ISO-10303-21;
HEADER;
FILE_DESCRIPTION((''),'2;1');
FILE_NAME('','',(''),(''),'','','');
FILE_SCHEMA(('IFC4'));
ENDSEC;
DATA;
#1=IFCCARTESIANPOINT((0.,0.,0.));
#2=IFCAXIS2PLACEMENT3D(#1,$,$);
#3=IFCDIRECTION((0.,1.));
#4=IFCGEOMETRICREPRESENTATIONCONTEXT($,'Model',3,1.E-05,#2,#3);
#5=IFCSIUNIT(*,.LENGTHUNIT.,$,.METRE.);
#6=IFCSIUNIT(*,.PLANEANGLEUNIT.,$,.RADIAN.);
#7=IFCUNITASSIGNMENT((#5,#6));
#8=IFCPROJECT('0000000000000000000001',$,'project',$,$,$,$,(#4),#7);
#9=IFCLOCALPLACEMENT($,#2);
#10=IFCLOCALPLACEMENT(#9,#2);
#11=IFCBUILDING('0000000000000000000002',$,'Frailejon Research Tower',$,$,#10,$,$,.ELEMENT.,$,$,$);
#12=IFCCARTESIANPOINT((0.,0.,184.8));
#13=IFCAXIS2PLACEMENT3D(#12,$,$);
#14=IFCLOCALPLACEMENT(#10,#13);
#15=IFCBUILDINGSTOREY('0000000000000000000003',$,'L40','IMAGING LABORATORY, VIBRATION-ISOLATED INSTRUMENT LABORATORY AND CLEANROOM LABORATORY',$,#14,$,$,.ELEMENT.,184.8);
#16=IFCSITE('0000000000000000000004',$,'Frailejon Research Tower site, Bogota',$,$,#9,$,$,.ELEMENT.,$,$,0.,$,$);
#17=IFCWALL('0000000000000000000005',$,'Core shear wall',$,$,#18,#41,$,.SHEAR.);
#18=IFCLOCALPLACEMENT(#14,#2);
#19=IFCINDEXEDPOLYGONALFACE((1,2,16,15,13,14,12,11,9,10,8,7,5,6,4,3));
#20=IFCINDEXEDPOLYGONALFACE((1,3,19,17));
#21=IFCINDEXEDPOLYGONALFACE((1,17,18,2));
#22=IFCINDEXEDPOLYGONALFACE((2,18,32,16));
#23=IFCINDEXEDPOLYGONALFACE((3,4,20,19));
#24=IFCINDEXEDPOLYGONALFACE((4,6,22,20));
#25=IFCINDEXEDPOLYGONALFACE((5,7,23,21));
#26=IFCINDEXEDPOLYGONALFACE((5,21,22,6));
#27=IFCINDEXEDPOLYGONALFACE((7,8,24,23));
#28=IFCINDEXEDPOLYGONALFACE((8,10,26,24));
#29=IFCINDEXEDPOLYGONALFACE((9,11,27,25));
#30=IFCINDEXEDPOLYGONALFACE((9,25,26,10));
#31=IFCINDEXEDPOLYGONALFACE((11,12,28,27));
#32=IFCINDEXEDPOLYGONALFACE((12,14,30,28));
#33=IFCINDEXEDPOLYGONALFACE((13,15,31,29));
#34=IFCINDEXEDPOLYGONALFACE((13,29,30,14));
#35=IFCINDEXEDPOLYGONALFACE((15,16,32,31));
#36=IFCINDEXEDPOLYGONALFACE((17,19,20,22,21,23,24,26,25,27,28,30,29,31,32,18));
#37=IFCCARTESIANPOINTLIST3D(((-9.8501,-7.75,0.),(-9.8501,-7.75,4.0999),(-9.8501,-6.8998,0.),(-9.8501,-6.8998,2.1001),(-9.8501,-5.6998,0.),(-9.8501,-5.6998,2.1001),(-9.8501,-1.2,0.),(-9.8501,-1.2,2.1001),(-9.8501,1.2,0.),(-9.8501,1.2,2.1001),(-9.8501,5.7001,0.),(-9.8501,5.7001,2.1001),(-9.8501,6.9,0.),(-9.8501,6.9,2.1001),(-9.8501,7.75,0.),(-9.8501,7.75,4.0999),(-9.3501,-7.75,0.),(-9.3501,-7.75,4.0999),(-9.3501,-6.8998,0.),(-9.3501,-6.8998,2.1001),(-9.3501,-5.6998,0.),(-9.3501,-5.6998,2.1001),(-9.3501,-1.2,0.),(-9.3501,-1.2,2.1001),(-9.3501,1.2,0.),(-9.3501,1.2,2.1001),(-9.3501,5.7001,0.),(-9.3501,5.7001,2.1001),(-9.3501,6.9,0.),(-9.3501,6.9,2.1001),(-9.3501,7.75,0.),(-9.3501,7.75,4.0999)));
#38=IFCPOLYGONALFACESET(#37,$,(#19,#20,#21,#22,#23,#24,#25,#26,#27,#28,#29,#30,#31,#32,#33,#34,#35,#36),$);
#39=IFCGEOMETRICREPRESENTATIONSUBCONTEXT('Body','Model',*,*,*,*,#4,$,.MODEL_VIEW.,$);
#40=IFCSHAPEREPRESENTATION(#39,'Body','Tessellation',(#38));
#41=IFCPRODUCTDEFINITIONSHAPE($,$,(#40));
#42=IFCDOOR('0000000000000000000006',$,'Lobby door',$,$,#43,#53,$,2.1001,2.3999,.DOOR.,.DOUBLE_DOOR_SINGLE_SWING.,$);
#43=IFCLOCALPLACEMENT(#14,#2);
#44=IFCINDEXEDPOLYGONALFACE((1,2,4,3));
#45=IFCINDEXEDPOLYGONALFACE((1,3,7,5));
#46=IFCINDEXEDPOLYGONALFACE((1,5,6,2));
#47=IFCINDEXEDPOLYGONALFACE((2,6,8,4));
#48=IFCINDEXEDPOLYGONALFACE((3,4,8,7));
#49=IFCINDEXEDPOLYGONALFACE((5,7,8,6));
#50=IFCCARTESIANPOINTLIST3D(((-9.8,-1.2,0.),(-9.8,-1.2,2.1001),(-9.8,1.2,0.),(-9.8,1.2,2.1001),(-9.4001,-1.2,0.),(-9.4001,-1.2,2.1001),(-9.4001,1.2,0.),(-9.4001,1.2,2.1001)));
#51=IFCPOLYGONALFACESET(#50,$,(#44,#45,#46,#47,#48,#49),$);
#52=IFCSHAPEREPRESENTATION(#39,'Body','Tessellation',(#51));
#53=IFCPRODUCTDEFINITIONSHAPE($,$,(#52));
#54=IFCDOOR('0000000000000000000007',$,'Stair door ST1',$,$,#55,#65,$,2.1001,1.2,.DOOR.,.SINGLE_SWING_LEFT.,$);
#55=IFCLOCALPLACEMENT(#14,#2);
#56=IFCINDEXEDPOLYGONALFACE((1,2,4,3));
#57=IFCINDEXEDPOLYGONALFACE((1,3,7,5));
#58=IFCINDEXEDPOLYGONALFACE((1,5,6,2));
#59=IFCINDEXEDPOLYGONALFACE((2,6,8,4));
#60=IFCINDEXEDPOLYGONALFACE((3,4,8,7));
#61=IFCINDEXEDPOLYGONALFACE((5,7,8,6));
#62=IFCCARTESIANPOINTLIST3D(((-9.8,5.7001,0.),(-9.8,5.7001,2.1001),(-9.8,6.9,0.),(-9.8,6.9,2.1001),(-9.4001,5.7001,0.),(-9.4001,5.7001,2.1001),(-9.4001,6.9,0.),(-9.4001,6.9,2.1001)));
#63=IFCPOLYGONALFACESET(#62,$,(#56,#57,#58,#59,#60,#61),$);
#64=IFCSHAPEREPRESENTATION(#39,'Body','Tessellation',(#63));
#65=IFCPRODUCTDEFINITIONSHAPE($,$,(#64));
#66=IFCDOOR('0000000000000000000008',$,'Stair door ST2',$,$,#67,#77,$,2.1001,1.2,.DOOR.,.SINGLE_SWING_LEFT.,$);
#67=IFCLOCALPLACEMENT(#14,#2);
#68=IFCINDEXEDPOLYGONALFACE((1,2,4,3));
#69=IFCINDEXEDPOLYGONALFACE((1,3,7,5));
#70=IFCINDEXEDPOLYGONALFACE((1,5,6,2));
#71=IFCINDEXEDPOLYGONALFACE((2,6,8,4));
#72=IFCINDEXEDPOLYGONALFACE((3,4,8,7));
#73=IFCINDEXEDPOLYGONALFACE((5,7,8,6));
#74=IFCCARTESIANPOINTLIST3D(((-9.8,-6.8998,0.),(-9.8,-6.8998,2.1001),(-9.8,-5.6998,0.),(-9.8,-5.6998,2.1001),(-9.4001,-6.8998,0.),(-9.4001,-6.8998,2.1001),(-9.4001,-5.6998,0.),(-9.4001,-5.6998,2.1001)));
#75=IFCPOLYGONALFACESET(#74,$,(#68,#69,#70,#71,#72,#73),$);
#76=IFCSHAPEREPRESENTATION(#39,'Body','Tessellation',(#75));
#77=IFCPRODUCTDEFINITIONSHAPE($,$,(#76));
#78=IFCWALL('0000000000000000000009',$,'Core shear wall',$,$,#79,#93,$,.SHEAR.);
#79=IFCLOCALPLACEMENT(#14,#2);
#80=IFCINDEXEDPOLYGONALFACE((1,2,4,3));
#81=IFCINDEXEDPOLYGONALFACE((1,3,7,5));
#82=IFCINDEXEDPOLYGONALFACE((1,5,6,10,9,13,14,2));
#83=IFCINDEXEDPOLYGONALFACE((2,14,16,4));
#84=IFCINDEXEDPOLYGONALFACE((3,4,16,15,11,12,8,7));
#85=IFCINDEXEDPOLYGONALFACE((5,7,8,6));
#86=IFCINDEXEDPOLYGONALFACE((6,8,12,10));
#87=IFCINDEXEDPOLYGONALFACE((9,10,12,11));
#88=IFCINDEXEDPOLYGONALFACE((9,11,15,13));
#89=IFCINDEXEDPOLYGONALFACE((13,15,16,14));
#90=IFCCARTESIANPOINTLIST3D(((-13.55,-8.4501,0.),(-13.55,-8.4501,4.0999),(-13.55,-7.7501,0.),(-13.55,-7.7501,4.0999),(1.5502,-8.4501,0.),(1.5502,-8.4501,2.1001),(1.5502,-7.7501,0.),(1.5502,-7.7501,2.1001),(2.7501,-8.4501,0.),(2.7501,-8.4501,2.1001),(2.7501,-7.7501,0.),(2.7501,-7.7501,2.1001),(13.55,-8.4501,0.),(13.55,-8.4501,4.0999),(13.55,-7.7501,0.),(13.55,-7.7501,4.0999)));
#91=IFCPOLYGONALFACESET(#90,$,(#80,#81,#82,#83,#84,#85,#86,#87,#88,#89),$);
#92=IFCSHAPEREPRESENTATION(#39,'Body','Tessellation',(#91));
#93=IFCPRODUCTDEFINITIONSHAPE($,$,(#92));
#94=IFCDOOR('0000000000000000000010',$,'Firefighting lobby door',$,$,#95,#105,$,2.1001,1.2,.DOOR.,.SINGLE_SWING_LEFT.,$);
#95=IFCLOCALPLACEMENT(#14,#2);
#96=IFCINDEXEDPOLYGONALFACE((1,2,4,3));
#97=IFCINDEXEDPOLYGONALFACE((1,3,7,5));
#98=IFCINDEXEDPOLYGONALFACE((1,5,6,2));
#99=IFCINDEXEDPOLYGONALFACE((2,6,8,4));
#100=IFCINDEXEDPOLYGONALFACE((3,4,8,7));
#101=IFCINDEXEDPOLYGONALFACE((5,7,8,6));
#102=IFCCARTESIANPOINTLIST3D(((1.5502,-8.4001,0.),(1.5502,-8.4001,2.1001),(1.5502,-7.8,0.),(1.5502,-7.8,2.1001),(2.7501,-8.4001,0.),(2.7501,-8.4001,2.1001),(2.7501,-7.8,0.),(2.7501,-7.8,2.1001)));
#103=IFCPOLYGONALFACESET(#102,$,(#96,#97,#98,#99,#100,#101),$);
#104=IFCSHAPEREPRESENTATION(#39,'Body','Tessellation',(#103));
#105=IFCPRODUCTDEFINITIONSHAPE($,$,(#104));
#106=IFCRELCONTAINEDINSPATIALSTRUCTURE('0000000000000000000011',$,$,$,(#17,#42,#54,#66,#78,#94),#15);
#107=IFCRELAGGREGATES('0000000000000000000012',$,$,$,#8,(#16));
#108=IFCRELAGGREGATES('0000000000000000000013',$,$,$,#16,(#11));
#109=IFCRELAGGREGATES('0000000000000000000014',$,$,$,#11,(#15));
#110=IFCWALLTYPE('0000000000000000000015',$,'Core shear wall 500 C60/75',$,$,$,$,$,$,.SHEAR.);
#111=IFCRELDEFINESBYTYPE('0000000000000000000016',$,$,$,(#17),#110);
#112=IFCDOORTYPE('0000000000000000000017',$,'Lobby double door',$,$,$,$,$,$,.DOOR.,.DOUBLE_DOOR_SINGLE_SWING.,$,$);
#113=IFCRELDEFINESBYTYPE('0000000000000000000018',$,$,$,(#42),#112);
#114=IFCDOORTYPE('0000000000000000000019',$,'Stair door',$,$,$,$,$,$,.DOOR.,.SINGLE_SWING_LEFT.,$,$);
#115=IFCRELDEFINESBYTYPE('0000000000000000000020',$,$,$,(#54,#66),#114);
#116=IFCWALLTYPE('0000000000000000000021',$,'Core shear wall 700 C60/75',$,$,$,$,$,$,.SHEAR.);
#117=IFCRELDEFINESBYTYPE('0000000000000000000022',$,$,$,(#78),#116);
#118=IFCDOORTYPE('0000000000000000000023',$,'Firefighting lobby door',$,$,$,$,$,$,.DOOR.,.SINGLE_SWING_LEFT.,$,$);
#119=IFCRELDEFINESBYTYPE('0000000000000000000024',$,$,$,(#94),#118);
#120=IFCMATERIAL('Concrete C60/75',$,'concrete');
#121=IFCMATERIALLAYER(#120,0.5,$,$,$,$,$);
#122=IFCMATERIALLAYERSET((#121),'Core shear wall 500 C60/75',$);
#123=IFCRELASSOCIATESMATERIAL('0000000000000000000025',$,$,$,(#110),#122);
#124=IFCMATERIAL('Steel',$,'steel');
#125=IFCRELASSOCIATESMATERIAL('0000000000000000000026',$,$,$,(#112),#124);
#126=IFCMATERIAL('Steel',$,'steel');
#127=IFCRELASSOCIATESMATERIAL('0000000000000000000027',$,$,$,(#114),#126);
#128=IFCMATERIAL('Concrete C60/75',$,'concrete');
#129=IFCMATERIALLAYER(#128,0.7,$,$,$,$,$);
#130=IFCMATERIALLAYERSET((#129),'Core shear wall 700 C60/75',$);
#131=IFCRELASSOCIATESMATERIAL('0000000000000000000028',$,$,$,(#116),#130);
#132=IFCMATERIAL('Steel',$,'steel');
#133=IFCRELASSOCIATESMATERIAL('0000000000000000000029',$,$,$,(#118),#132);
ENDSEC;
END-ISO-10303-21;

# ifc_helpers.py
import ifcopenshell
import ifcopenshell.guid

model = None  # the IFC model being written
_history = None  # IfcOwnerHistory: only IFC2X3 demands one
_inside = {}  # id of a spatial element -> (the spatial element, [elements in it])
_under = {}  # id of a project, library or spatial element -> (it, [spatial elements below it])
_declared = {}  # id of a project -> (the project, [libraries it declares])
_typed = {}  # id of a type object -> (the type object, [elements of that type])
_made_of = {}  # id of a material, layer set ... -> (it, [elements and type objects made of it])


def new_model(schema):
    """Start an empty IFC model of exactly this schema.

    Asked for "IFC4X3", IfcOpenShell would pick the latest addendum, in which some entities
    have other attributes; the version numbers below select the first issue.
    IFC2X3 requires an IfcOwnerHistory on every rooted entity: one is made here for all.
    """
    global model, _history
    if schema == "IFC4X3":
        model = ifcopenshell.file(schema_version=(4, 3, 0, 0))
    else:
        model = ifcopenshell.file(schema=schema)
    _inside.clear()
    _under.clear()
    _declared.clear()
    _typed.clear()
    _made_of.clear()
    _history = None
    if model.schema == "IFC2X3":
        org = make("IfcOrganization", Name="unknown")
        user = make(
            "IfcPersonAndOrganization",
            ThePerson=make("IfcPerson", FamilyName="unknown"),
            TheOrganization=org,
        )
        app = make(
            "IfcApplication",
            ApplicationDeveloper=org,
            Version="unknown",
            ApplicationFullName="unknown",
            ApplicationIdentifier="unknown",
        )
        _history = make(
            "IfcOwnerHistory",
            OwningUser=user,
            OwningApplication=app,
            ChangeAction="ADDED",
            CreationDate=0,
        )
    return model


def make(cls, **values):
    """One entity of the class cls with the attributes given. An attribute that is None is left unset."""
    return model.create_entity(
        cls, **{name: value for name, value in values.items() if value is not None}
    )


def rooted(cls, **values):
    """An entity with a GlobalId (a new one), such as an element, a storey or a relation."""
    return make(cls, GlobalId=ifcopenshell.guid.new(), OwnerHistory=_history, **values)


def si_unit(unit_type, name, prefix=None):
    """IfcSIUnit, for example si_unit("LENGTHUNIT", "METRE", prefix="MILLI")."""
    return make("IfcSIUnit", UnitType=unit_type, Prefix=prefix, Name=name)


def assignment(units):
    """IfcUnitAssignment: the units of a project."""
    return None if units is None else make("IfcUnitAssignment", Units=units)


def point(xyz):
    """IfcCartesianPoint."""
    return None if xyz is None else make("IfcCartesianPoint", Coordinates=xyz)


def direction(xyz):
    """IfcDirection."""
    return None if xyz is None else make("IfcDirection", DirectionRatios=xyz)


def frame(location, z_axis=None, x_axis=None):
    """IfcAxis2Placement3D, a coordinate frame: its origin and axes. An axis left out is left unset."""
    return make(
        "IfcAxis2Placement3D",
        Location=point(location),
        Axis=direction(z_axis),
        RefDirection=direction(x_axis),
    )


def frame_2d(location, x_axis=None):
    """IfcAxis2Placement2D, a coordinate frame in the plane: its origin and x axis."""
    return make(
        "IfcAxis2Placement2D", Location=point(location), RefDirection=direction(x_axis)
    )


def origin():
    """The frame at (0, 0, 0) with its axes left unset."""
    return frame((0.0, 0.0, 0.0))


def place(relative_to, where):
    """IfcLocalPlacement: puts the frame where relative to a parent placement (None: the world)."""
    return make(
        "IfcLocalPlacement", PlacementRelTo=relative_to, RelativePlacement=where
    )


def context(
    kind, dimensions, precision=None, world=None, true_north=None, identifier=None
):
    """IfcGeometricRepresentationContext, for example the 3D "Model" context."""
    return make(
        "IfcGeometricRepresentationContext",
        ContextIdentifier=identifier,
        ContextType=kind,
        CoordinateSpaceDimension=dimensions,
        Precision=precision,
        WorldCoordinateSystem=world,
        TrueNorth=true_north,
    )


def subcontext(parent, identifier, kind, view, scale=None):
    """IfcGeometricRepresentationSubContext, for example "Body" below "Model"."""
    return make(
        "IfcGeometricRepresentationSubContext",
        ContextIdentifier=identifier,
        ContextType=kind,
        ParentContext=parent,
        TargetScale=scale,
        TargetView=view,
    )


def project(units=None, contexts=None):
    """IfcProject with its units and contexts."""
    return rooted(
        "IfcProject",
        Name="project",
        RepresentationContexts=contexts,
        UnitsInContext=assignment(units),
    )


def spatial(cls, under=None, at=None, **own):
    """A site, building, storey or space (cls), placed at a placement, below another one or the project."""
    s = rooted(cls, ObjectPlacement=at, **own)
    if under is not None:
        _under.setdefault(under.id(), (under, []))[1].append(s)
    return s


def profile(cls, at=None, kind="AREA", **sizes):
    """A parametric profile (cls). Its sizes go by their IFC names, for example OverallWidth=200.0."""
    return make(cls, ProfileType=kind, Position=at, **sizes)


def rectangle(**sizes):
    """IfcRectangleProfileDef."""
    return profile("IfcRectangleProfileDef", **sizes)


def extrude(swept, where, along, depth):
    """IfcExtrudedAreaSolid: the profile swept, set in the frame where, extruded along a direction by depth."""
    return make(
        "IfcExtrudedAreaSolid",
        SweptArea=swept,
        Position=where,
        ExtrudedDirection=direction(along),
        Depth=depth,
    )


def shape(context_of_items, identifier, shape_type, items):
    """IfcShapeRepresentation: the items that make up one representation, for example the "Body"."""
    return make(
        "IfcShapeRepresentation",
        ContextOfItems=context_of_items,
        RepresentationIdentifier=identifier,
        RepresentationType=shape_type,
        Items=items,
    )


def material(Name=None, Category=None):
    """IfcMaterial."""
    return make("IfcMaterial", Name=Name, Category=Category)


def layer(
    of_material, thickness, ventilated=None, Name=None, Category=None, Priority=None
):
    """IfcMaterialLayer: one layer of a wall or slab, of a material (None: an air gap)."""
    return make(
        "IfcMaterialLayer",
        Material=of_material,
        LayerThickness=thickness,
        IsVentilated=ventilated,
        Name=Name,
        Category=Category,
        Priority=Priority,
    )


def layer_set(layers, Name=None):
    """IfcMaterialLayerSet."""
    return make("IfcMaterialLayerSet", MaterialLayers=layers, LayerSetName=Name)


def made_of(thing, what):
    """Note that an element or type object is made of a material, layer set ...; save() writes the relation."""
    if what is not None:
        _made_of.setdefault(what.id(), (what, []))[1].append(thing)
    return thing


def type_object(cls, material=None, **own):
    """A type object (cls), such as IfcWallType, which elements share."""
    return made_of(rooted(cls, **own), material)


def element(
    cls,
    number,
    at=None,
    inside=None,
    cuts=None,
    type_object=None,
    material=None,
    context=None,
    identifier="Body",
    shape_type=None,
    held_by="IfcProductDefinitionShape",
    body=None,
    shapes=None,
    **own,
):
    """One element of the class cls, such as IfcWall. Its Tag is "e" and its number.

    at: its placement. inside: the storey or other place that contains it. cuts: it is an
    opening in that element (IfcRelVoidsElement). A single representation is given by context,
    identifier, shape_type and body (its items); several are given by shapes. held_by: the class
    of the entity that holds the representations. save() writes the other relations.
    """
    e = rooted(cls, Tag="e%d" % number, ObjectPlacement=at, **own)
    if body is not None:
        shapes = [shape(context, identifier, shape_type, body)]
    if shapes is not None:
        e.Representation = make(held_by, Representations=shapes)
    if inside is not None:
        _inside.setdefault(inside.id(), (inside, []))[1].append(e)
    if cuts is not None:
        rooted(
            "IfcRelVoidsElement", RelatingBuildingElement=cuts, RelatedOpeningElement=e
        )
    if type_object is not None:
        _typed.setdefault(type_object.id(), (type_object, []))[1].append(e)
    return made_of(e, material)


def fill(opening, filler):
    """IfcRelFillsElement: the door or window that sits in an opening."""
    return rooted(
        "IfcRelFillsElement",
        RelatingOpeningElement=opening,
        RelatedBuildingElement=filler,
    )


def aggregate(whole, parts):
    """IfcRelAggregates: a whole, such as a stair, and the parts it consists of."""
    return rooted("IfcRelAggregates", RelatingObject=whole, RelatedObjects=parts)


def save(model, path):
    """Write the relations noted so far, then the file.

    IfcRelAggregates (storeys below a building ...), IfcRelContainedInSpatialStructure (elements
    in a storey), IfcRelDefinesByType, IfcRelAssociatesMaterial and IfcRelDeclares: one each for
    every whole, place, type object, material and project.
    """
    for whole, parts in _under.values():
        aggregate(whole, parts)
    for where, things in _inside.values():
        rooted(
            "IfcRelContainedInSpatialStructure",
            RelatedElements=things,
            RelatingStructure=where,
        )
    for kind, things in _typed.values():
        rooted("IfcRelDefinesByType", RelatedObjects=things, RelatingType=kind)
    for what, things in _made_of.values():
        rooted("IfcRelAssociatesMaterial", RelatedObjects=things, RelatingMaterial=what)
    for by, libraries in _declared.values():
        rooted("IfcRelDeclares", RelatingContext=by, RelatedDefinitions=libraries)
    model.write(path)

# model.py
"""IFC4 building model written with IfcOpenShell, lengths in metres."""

from ifc_helpers import new_model, si_unit, direction, frame, frame_2d, origin, place, context, subcontext, project, spatial, rectangle, extrude, material, layer, layer_set, type_object, element, fill, save


model = new_model("IFC4")

# Units and contexts
model_context = context("Model", 3, precision=1e-05, world=origin(), true_north=direction((0.0, 1.0)))
body_context = subcontext(model_context, "Body", "Model", "MODEL_VIEW")
ifc_project = project(units=[si_unit("LENGTHUNIT", "METRE"), si_unit("PLANEANGLEUNIT", "RADIAN")], contexts=[model_context])

# Site, building, storey
site_placement = place(None, origin())
site = spatial("IfcSite", under=ifc_project, at=site_placement, Name="Frailejon Research Tower site, Bogota", CompositionType="ELEMENT", RefElevation=0.0)
building_placement = place(site_placement, origin())
building = spatial("IfcBuilding", under=site, at=building_placement, Name="Frailejon Research Tower", CompositionType="ELEMENT")
storey_placement = place(building_placement, frame((0.0, 0.0, 184.8)))
storey = spatial("IfcBuildingStorey", under=building, at=storey_placement, Name="L40", Description="IMAGING LABORATORY, VIBRATION-ISOLATED INSTRUMENT LABORATORY AND CLEANROOM LABORATORY", CompositionType="ELEMENT", Elevation=184.8)

# Wall, openings, doors
ifc_material_1 = material(Name="Concrete C60/75", Category="concrete")
ifc_layer_1 = layer(ifc_material_1, 0.5)
ifc_layer_set_1 = layer_set([ifc_layer_1], Name="Core shear wall 500 C60/75")
wall_type_1 = type_object("IfcWallType", Name="Core shear wall 500 C60/75", PredefinedType="SHEAR", material=ifc_layer_set_1)
wall_1_placement = place(storey_placement, frame((-9.6001, -7.75, 0.0), z_axis=(0.0, 0.0, 1.0), x_axis=(0.0, 1.0, 0.0)))
wall_1 = element("IfcWall", 1, at=wall_1_placement, inside=storey, type_object=wall_type_1, Name="Core shear wall", PredefinedType="SHEAR", context=body_context, shape_type="SweptSolid", body=[
    extrude(rectangle(XDim=15.5, YDim=0.5, at=frame_2d((7.75, 0.0))), origin(), (0.0, 0.0, 1.0), 4.0999),
])
opening_1_placement = place(wall_1_placement, frame((6.55, 0.0, 0.0)))
opening_1 = element("IfcOpeningElement", 2, at=opening_1_placement, cuts=wall_1, PredefinedType="OPENING", context=body_context, shape_type="SweptSolid", body=[
    extrude(rectangle(XDim=2.3999, YDim=2.1001, at=frame_2d((1.2, 1.05))), frame((0.0, 0.26, 0.0), z_axis=(0.0, -1.0, 0.0), x_axis=(1.0, 0.0, 0.0)), (0.0, 0.0, 1.0), 0.52),
])
opening_2_placement = place(wall_1_placement, frame((13.45, 0.0, 0.0)))
opening_2 = element("IfcOpeningElement", 3, at=opening_2_placement, cuts=wall_1, PredefinedType="OPENING", context=body_context, shape_type="SweptSolid", body=[
    extrude(rectangle(XDim=1.2, YDim=2.1001, at=frame_2d((0.6001, 1.05))), frame((0.0, 0.26, 0.0), z_axis=(0.0, -1.0, 0.0), x_axis=(1.0, 0.0, 0.0)), (0.0, 0.0, 1.0), 0.52),
])
opening_3_placement = place(wall_1_placement, frame((0.8501, 0.0, 0.0)))
opening_3 = element("IfcOpeningElement", 4, at=opening_3_placement, cuts=wall_1, PredefinedType="OPENING", context=body_context, shape_type="SweptSolid", body=[
    extrude(rectangle(XDim=1.2, YDim=2.1001, at=frame_2d((0.6001, 1.05))), frame((0.0, 0.26, 0.0), z_axis=(0.0, -1.0, 0.0), x_axis=(1.0, 0.0, 0.0)), (0.0, 0.0, 1.0), 0.52),
])
ifc_material_2 = material(Name="Steel", Category="steel")
door_type_1 = type_object("IfcDoorType", Name="Lobby double door", OperationType="DOUBLE_DOOR_SINGLE_SWING", PredefinedType="DOOR", material=ifc_material_2)
door_1_placement = place(opening_1_placement, origin())
door_1 = element("IfcDoor", 5, at=door_1_placement, inside=storey, type_object=door_type_1, Name="Lobby door", OperationType="DOUBLE_DOOR_SINGLE_SWING", OverallHeight=2.1001, OverallWidth=2.3999, PredefinedType="DOOR", context=body_context, shape_type="SweptSolid", body=[
    extrude(rectangle(XDim=2.3999, YDim=2.1001, at=frame_2d((1.2, 1.05))), frame((0.0, 0.2, 0.0), z_axis=(0.0, -1.0, 0.0), x_axis=(1.0, 0.0, 0.0)), (0.0, 0.0, 1.0), 0.3999),
])
fill(opening_1, door_1)
ifc_material_3 = material(Name="Steel", Category="steel")
door_type_2 = type_object("IfcDoorType", Name="Stair door", OperationType="SINGLE_SWING_LEFT", PredefinedType="DOOR", material=ifc_material_3)
door_2_placement = place(opening_2_placement, origin())
door_2 = element("IfcDoor", 6, at=door_2_placement, inside=storey, type_object=door_type_2, Name="Stair door ST1", OperationType="SINGLE_SWING_LEFT", OverallHeight=2.1001, OverallWidth=1.2, PredefinedType="DOOR", context=body_context, shape_type="SweptSolid", body=[
    extrude(rectangle(XDim=1.2, YDim=2.1001, at=frame_2d((0.6001, 1.05))), frame((0.0, 0.2, 0.0), z_axis=(0.0, -1.0, 0.0), x_axis=(1.0, 0.0, 0.0)), (0.0, 0.0, 1.0), 0.3999),
])
fill(opening_2, door_2)
door_3_placement = place(opening_3_placement, origin())
door_3 = element("IfcDoor", 7, at=door_3_placement, inside=storey, type_object=door_type_2, Name="Stair door ST2", OperationType="SINGLE_SWING_LEFT", OverallHeight=2.1001, OverallWidth=1.2, PredefinedType="DOOR", context=body_context, shape_type="SweptSolid", body=[
    extrude(rectangle(XDim=1.2, YDim=2.1001, at=frame_2d((0.6001, 1.05))), frame((0.0, 0.2, 0.0), z_axis=(0.0, -1.0, 0.0), x_axis=(1.0, 0.0, 0.0)), (0.0, 0.0, 1.0), 0.3999),
])
fill(opening_3, door_3)

# Wall, opening, door
ifc_material_4 = material(Name="Concrete C60/75", Category="concrete")
ifc_layer_2 = layer(ifc_material_4, 0.7)
ifc_layer_set_2 = layer_set([ifc_layer_2], Name="Core shear wall 700 C60/75")
wall_type_2 = type_object("IfcWallType", Name="Core shear wall 700 C60/75", PredefinedType="SHEAR", material=ifc_layer_set_2)
wall_2_placement = place(storey_placement, frame((-13.55, -8.1001, 0.0), z_axis=(0.0, 0.0, 1.0), x_axis=(1.0, 0.0, 0.0)))
wall_2 = element("IfcWall", 8, at=wall_2_placement, inside=storey, type_object=wall_type_2, Name="Core shear wall", PredefinedType="SHEAR", context=body_context, shape_type="SweptSolid", body=[
    extrude(rectangle(XDim=27.1001, YDim=0.7, at=frame_2d((13.55, 0.0))), origin(), (0.0, 0.0, 1.0), 4.0999),
])
opening_4_placement = place(wall_2_placement, frame((15.1001, 0.0, 0.0)))
opening_4 = element("IfcOpeningElement", 9, at=opening_4_placement, cuts=wall_2, PredefinedType="OPENING", context=body_context, shape_type="SweptSolid", body=[
    extrude(rectangle(XDim=1.2, YDim=2.1001, at=frame_2d((0.6001, 1.05))), frame((0.0, 0.3599, 0.0), z_axis=(0.0, -1.0, 0.0), x_axis=(1.0, 0.0, 0.0)), (0.0, 0.0, 1.0), 0.72),
])
ifc_material_5 = material(Name="Steel", Category="steel")
door_type_3 = type_object("IfcDoorType", Name="Firefighting lobby door", OperationType="SINGLE_SWING_LEFT", PredefinedType="DOOR", material=ifc_material_5)
door_4_placement = place(opening_4_placement, origin())
door_4 = element("IfcDoor", 10, at=door_4_placement, inside=storey, type_object=door_type_3, Name="Firefighting lobby door", OperationType="SINGLE_SWING_LEFT", OverallHeight=2.1001, OverallWidth=1.2, PredefinedType="DOOR", context=body_context, shape_type="SweptSolid", body=[
    extrude(rectangle(XDim=1.2, YDim=2.1001, at=frame_2d((0.6001, 1.05))), frame((0.0, 0.3, 0.0), z_axis=(0.0, -1.0, 0.0), x_axis=(1.0, 0.0, 0.0)), (0.0, 0.0, 1.0), 0.6001),
])
fill(opening_4, door_4)

save(model, "model.ifc")
